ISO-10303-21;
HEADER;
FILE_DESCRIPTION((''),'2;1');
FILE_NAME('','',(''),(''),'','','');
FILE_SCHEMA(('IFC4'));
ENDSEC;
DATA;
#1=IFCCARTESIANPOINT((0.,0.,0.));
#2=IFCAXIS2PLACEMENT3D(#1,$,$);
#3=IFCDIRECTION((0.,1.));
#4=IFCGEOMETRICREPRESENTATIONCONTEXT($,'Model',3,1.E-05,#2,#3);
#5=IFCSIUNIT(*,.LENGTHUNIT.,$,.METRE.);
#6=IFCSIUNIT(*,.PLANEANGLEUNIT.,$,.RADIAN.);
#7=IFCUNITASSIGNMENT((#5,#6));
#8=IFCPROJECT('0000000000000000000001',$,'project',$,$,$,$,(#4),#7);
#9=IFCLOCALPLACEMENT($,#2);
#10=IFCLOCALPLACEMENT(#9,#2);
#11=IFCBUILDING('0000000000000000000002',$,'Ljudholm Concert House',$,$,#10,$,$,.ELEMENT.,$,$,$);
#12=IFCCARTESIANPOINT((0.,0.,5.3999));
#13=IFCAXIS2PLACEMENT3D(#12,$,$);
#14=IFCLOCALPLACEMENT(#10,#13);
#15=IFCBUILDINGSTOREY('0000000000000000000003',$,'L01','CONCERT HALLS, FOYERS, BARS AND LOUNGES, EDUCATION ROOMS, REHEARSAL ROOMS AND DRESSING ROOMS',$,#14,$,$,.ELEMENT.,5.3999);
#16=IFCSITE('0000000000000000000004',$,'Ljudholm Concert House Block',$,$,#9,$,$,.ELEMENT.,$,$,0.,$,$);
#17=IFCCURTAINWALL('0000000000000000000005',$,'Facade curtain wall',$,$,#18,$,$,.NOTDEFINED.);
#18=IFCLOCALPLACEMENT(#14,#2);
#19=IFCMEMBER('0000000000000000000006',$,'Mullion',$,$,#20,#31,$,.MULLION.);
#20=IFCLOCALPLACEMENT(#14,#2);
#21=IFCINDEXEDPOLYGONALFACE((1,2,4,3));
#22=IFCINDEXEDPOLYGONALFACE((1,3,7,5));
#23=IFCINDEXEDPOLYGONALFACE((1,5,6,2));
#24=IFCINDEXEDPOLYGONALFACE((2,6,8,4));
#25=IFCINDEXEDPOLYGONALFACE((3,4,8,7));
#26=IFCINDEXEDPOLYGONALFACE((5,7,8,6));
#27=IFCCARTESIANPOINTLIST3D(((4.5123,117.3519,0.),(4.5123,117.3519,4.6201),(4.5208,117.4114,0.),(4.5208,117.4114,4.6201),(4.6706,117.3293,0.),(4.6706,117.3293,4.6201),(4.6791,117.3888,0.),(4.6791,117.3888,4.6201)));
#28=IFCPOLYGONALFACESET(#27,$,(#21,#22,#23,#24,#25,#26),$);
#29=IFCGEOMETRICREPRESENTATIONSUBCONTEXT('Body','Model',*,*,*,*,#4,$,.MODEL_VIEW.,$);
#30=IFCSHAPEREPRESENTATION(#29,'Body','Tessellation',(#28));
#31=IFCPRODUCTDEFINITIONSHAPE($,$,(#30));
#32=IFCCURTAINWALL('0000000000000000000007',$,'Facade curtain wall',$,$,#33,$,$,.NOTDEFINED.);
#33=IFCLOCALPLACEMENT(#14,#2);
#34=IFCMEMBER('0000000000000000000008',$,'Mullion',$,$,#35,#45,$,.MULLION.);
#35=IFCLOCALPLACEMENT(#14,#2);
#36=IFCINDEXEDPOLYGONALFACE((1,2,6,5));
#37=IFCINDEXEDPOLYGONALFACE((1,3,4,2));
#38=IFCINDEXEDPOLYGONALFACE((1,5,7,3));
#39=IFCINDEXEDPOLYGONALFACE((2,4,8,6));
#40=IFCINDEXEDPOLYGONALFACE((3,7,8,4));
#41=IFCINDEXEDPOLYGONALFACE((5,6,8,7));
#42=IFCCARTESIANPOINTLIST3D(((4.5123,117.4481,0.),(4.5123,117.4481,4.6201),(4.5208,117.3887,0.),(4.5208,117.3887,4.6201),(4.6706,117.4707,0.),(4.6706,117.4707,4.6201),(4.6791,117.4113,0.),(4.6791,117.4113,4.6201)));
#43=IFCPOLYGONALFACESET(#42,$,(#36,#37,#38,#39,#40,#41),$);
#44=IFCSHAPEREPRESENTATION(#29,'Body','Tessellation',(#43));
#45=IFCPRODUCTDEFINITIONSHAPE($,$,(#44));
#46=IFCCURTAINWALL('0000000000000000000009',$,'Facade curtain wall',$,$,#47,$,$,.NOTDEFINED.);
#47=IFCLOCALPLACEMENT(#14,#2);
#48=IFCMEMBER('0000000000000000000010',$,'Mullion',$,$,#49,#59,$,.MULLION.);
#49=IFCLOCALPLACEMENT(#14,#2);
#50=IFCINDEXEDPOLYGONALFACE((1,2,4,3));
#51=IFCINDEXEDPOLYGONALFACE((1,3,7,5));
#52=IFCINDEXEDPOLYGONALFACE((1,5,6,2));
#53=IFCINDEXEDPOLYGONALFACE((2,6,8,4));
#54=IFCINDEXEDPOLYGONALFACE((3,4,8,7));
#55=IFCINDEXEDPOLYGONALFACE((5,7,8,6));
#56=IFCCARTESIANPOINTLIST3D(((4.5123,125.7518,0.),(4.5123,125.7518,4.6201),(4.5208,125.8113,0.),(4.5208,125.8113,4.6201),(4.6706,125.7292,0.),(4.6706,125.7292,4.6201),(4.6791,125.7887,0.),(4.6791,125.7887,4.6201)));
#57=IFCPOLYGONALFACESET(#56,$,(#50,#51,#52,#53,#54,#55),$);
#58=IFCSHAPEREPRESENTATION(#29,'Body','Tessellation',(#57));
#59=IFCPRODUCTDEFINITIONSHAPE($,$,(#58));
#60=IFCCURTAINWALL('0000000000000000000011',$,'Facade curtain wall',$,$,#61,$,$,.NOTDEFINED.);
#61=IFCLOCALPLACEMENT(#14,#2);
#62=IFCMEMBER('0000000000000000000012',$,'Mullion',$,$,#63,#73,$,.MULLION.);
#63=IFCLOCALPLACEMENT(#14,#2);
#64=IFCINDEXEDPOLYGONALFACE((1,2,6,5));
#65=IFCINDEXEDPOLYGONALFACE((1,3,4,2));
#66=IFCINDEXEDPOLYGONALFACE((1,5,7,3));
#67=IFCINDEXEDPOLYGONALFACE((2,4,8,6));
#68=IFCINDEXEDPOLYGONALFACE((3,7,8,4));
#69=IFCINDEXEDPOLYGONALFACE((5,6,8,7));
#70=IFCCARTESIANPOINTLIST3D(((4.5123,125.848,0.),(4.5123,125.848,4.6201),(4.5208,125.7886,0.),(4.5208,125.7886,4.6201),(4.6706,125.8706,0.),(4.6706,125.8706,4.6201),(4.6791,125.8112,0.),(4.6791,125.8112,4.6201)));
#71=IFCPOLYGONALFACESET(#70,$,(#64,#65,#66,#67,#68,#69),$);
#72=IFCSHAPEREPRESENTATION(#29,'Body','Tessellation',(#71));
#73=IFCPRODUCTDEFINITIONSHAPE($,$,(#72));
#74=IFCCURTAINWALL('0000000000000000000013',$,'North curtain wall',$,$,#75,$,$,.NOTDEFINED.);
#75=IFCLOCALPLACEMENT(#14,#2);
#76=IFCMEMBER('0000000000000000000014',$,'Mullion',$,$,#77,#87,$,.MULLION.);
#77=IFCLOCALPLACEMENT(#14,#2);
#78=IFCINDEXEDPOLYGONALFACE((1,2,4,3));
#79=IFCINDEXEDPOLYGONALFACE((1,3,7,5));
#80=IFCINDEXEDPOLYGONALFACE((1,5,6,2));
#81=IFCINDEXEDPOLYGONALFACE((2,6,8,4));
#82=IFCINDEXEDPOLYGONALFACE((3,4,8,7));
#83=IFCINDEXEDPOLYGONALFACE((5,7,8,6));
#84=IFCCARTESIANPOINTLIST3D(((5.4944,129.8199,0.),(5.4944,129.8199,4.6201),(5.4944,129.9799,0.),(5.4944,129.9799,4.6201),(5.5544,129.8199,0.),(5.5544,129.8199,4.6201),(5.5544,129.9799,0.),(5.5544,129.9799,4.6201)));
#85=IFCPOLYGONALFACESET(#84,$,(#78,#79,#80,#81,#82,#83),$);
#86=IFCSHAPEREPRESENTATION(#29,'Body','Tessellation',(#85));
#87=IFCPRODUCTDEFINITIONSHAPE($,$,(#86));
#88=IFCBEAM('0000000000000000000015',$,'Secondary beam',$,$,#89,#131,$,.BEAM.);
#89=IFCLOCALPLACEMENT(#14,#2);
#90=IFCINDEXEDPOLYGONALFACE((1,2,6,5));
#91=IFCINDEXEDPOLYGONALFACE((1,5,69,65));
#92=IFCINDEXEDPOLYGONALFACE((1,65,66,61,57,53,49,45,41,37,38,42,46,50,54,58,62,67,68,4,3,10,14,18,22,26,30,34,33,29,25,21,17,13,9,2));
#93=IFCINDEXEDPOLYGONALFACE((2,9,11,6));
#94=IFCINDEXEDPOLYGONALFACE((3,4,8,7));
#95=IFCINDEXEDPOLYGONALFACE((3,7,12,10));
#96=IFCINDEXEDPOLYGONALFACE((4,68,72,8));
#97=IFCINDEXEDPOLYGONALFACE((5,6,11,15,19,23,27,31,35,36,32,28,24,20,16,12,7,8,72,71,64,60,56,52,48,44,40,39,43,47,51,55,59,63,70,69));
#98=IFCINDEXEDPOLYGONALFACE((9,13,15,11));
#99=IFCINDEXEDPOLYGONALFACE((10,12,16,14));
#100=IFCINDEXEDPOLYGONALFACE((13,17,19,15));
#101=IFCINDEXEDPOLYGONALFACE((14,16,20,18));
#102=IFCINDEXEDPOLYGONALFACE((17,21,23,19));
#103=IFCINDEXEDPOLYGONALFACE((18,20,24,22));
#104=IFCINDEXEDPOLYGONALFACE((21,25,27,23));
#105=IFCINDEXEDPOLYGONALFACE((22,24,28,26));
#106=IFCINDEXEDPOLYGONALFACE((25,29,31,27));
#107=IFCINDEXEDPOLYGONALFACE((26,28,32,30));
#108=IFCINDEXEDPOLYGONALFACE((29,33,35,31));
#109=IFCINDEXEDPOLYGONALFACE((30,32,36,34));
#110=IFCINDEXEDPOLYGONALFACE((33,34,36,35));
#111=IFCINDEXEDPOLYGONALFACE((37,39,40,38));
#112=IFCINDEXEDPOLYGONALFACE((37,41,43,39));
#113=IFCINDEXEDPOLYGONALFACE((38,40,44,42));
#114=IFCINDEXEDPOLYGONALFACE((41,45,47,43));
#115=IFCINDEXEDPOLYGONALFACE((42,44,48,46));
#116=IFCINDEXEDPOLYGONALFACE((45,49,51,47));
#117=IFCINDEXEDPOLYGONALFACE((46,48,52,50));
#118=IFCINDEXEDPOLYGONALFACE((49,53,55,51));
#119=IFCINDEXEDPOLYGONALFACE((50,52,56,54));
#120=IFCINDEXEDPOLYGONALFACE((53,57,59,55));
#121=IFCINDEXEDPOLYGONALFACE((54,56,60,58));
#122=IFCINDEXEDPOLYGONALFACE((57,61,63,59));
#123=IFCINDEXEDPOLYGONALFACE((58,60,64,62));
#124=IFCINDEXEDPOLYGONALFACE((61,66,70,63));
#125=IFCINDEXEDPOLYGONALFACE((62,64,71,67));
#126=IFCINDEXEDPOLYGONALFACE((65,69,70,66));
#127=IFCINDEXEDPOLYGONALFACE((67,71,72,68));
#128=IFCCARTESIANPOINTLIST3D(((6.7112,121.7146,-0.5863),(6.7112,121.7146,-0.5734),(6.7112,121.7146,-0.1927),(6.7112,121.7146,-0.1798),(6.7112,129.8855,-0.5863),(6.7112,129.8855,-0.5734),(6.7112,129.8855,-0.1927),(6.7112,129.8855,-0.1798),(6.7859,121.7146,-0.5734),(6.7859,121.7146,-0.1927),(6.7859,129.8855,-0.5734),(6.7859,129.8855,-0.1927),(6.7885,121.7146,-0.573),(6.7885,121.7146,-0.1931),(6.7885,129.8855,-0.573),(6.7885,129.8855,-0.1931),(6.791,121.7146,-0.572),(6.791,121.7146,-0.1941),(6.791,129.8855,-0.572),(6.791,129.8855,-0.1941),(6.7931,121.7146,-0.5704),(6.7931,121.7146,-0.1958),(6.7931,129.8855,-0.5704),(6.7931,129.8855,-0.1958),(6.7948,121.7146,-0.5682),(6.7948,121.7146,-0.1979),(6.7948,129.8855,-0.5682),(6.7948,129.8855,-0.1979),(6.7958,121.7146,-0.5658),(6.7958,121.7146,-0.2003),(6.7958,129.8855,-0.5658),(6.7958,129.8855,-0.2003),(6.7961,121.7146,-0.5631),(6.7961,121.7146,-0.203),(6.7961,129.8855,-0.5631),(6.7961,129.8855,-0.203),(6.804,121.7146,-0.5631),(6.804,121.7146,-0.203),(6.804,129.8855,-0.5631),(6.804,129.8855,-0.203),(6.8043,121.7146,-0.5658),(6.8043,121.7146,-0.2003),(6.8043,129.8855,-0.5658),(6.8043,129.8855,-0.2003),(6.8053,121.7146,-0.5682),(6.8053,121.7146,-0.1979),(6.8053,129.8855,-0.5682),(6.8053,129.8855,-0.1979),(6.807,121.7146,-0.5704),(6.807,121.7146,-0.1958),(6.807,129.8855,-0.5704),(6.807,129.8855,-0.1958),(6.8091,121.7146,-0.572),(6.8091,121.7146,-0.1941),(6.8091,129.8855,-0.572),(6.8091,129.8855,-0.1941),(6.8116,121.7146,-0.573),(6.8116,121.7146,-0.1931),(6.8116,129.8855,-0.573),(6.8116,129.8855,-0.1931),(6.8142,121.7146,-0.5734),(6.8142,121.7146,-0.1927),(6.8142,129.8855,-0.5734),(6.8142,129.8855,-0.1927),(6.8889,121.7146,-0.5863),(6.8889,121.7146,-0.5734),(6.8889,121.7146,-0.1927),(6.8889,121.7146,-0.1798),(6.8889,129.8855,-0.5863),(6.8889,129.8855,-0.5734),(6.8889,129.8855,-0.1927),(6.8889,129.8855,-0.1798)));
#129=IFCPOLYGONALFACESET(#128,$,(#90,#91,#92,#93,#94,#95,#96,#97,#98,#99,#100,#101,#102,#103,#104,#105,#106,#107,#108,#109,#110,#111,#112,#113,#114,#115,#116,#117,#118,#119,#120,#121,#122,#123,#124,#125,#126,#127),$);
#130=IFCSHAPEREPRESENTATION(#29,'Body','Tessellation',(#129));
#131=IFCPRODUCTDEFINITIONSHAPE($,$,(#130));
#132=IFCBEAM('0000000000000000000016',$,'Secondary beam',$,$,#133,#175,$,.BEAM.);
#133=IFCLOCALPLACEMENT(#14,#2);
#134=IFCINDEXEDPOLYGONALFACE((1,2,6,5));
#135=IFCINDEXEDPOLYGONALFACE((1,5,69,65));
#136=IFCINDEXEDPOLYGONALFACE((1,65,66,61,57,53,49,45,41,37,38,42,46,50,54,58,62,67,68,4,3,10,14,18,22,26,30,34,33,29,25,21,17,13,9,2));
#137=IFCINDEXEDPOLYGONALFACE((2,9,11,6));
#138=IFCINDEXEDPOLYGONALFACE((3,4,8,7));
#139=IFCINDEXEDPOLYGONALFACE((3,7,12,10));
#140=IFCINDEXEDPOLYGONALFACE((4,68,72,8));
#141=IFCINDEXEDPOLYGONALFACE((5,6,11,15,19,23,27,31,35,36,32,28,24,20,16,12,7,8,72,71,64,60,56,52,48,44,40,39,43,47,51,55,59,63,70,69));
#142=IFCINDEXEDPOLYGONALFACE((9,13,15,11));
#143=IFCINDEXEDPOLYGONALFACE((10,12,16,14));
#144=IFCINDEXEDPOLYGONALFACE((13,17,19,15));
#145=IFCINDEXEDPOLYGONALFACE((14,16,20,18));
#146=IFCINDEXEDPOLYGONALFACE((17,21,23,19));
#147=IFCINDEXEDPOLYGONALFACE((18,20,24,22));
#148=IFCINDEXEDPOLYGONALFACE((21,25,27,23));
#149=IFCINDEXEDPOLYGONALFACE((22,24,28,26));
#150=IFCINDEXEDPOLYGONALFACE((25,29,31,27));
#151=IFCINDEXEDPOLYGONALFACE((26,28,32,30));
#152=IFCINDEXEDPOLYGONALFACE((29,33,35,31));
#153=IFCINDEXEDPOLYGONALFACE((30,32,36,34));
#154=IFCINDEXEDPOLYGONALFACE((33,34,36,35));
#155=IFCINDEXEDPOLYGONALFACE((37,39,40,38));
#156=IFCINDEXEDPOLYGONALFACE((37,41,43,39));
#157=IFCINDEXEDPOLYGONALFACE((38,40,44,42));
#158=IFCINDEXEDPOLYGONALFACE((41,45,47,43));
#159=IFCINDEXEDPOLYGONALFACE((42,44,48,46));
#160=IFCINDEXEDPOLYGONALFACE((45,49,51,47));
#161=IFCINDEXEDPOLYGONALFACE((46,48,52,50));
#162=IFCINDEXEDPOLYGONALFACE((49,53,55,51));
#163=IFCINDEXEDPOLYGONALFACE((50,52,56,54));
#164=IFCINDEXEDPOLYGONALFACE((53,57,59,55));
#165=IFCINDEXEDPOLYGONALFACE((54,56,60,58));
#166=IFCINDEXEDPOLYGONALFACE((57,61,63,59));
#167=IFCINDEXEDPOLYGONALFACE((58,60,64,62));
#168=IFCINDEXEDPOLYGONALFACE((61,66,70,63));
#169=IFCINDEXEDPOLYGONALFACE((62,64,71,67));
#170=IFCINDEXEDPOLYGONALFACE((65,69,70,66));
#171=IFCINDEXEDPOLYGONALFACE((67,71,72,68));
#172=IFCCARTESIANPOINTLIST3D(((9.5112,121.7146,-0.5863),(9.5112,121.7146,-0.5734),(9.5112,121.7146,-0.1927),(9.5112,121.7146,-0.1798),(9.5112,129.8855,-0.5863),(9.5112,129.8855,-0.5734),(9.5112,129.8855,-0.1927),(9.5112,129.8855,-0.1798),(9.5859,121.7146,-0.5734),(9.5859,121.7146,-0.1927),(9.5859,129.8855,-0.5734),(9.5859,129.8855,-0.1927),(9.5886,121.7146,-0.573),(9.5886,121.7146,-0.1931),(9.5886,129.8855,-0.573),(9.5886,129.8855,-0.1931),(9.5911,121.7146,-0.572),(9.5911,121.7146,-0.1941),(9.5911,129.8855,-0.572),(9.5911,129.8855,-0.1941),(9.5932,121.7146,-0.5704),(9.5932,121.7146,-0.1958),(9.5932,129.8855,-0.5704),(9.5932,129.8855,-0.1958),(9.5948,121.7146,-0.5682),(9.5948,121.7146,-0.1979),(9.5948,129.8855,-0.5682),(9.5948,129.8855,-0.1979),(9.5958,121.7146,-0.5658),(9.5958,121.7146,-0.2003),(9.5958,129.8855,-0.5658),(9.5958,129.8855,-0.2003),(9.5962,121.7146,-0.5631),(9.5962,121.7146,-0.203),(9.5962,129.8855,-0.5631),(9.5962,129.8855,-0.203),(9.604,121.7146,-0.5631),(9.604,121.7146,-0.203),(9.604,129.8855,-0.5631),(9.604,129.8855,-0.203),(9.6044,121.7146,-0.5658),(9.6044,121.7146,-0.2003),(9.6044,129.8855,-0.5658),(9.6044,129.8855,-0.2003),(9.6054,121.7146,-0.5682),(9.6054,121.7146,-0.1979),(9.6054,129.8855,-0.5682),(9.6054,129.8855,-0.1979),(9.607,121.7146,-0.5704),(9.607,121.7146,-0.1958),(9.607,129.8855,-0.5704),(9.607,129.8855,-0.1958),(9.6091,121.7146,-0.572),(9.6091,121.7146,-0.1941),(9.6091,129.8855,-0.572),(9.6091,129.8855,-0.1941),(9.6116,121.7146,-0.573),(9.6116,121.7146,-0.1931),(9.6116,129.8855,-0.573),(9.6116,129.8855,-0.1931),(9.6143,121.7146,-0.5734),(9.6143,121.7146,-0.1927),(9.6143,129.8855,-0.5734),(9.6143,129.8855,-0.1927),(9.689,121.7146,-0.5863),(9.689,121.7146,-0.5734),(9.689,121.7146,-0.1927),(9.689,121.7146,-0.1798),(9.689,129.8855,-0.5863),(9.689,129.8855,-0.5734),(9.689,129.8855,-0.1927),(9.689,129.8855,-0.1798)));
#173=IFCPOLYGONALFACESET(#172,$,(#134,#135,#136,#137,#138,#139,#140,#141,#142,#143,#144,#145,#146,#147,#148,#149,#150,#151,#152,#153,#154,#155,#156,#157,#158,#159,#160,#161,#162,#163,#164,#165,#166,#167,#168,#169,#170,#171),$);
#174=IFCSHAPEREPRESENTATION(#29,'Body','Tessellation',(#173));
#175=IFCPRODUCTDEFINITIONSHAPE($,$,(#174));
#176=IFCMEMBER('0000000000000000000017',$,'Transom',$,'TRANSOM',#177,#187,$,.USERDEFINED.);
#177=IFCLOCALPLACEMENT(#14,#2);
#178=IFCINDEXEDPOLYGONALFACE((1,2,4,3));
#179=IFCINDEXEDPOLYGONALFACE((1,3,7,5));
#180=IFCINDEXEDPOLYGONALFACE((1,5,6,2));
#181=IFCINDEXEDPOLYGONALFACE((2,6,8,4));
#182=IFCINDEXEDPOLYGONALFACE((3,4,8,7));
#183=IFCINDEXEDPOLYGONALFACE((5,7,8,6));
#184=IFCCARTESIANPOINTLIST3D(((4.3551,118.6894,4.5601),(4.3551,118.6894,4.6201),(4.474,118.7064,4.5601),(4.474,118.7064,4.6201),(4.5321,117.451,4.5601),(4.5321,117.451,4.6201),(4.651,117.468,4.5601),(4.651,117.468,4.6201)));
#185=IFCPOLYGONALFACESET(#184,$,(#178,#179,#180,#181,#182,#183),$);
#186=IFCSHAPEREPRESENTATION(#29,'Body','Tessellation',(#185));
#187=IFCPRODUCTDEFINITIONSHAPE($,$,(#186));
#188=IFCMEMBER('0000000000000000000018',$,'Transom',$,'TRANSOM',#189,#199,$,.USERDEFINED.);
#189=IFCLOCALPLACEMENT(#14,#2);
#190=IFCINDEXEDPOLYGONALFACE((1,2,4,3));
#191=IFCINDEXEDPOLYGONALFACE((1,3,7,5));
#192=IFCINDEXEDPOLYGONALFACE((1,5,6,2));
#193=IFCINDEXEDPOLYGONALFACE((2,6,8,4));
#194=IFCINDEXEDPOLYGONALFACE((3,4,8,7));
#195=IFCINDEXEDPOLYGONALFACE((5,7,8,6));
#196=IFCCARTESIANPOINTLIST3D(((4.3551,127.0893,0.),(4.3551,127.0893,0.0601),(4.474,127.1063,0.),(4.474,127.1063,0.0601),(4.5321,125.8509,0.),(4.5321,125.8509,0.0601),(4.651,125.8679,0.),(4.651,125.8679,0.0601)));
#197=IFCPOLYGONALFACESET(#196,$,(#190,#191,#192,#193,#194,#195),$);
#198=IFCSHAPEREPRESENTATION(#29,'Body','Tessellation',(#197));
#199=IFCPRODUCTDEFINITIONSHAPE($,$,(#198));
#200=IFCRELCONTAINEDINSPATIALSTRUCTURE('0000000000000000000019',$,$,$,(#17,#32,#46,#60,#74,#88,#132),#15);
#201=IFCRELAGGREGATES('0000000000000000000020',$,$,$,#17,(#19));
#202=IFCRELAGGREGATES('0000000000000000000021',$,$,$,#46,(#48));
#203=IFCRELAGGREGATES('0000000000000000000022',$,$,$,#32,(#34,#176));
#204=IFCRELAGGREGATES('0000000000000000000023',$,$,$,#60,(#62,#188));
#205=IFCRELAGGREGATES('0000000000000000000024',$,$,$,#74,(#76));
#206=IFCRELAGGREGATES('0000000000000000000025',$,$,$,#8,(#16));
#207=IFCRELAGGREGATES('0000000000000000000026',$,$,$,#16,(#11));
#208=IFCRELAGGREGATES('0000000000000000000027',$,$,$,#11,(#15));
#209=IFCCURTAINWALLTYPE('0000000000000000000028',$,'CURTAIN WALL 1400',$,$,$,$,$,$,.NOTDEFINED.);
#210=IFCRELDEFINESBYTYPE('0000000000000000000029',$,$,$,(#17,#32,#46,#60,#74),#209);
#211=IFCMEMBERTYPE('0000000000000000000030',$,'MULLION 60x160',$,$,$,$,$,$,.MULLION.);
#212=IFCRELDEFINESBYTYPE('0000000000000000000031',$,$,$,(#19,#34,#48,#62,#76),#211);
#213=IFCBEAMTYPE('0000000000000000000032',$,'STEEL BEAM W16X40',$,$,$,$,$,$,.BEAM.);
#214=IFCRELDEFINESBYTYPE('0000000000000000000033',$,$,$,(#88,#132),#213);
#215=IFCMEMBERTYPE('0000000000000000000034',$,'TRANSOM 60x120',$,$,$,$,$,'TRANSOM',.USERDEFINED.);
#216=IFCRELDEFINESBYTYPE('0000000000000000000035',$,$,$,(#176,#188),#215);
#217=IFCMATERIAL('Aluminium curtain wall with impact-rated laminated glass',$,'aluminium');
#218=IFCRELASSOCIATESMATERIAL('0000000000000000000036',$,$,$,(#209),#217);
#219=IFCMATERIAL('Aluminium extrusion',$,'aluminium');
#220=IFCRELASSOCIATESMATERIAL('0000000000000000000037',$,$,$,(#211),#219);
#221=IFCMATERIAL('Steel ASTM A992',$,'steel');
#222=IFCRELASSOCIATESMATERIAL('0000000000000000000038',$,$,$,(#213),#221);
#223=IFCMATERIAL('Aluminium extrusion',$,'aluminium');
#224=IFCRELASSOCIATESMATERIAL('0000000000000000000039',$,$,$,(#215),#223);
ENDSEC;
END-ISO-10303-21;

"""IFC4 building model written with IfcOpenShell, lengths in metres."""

from ifc_helpers import new_model, si_unit, direction, frame, origin, origin_2d, place, context, subcontext, project, spatial, rectangle, i_section, extrude, material, material_profile, profile_set, type_object, element, aggregate, save


model = new_model("IFC4")

# Units and contexts
model_context = context("Model", 3, precision=1e-05, world=origin(), true_north=direction((0.0, 1.0)))
body_context = subcontext(model_context, "Body", "Model", "MODEL_VIEW")
ifc_project = project(units=[si_unit("LENGTHUNIT", "METRE"), si_unit("PLANEANGLEUNIT", "RADIAN")], contexts=[model_context])

# Site, building, storey
site_placement = place(None, origin())
site = spatial("IfcSite", under=ifc_project, at=site_placement, Name="Ljudholm Concert House Block", CompositionType="ELEMENT", RefElevation=0.0)
building_placement = place(site_placement, origin())
building = spatial("IfcBuilding", under=site, at=building_placement, Name="Ljudholm Concert House", CompositionType="ELEMENT")
storey_placement = place(building_placement, frame((0.0, 0.0, 5.3999)))
storey = spatial("IfcBuildingStorey", under=building, at=storey_placement, Name="L01", Description="CONCERT HALLS, FOYERS, BARS AND LOUNGES, EDUCATION ROOMS, REHEARSAL ROOMS AND DRESSING ROOMS", CompositionType="ELEMENT", Elevation=5.3999)

# Curtain walls, members
ifc_material_1 = material(Name="Aluminium curtain wall with impact-rated laminated glass", Category="aluminium")
curtain_wall_type = type_object("IfcCurtainWallType", Name="CURTAIN WALL 1400", PredefinedType="NOTDEFINED", material=ifc_material_1)
curtain_wall_1_placement = place(storey_placement, origin())
curtain_wall_1 = element("IfcCurtainWall", 1, at=curtain_wall_1_placement, inside=storey, type_object=curtain_wall_type, Name="Facade curtain wall", PredefinedType="NOTDEFINED")
ifc_material_2 = material(Name="Aluminium extrusion", Category="aluminium")
ifc_material_profile_1 = material_profile(ifc_material_2, rectangle(XDim=0.1599, YDim=0.0601, at=origin_2d()), Name="MULLION 60x160")
ifc_profile_set_1 = profile_set([ifc_material_profile_1], Name="Aluminium extrusion")
member_type_1 = type_object("IfcMemberType", Name="MULLION 60x160", PredefinedType="MULLION", material=ifc_profile_set_1)
member_1_placement = place(storey_placement, frame((4.5957, 117.3704, 0.0), z_axis=(0.0, 0.0, 1.0), x_axis=(-0.989949, 0.141421, 0.0)))
member_1 = element("IfcMember", 2, at=member_1_placement, type_object=member_type_1, Name="Mullion", PredefinedType="MULLION", context=body_context, shape_type="SweptSolid", body=[
    extrude(rectangle(XDim=0.1599, YDim=0.0601, at=origin_2d()), origin(), (0.0, 0.0, 1.0), 4.6201),
])
aggregate(curtain_wall_1, [member_1])
curtain_wall_2_placement = place(storey_placement, origin())
curtain_wall_2 = element("IfcCurtainWall", 3, at=curtain_wall_2_placement, inside=storey, type_object=curtain_wall_type, Name="Facade curtain wall", PredefinedType="NOTDEFINED")
member_2_placement = place(storey_placement, frame((4.5957, 117.4297, 0.0), z_axis=(0.0, 0.0, 1.0), x_axis=(-0.989949, -0.141421, 0.0)))
member_2 = element("IfcMember", 4, at=member_2_placement, type_object=member_type_1, Name="Mullion", PredefinedType="MULLION", context=body_context, shape_type="SweptSolid", body=[
    extrude(rectangle(XDim=0.1599, YDim=0.0601, at=origin_2d()), origin(), (0.0, 0.0, 1.0), 4.6201),
])
curtain_wall_3_placement = place(storey_placement, origin())
curtain_wall_3 = element("IfcCurtainWall", 5, at=curtain_wall_3_placement, inside=storey, type_object=curtain_wall_type, Name="Facade curtain wall", PredefinedType="NOTDEFINED")
member_3_placement = place(storey_placement, frame((4.5957, 125.7703, 0.0), z_axis=(0.0, 0.0, 1.0), x_axis=(-0.989949, 0.141421, 0.0)))
member_3 = element("IfcMember", 6, at=member_3_placement, type_object=member_type_1, Name="Mullion", PredefinedType="MULLION", context=body_context, shape_type="SweptSolid", body=[
    extrude(rectangle(XDim=0.1599, YDim=0.0601, at=origin_2d()), origin(), (0.0, 0.0, 1.0), 4.6201),
])
aggregate(curtain_wall_3, [member_3])
curtain_wall_4_placement = place(storey_placement, origin())
curtain_wall_4 = element("IfcCurtainWall", 7, at=curtain_wall_4_placement, inside=storey, type_object=curtain_wall_type, Name="Facade curtain wall", PredefinedType="NOTDEFINED")
member_4_placement = place(storey_placement, frame((4.5957, 125.8296, 0.0), z_axis=(0.0, 0.0, 1.0), x_axis=(-0.989949, -0.141421, 0.0)))
member_4 = element("IfcMember", 8, at=member_4_placement, type_object=member_type_1, Name="Mullion", PredefinedType="MULLION", context=body_context, shape_type="SweptSolid", body=[
    extrude(rectangle(XDim=0.1599, YDim=0.0601, at=origin_2d()), origin(), (0.0, 0.0, 1.0), 4.6201),
])
curtain_wall_5_placement = place(storey_placement, origin())
curtain_wall_5 = element("IfcCurtainWall", 9, at=curtain_wall_5_placement, inside=storey, type_object=curtain_wall_type, Name="North curtain wall", PredefinedType="NOTDEFINED")
member_5_placement = place(storey_placement, frame((5.5244, 129.8999, 0.0), z_axis=(0.0, 0.0, 1.0), x_axis=(0.0, 1.0, 0.0)))
member_5 = element("IfcMember", 10, at=member_5_placement, type_object=member_type_1, Name="Mullion", PredefinedType="MULLION", context=body_context, shape_type="SweptSolid", body=[
    extrude(rectangle(XDim=0.1599, YDim=0.0601, at=origin_2d()), origin(), (0.0, 0.0, 1.0), 4.6201),
])

# Beams
ifc_material_3 = material(Name="Steel ASTM A992", Category="steel")
ifc_material_profile_2 = material_profile(ifc_material_3, i_section(OverallWidth=0.1777, OverallDepth=0.4065, WebThickness=0.0078, FlangeThickness=0.0129, FilletRadius=0.0103, at=origin_2d()), Name="W16X40")
ifc_profile_set_2 = profile_set([ifc_material_profile_2], Name="Steel ASTM A992")
beam_type = type_object("IfcBeamType", Name="STEEL BEAM W16X40", PredefinedType="BEAM", material=ifc_profile_set_2)
for number, where, z_axis, x_axis, name in (
    (11, (6.8, 121.7146, -0.3831), (0.0, 1.0, 0.0), (-1.0, 0.0, 0.0), "Secondary beam"),
    (12, (9.6001, 121.7146, -0.3831), (0.0, 1.0, 0.0), (-1.0, 0.0, 0.0), "Secondary beam"),
):
    element("IfcBeam", number, at=place(storey_placement, frame(where, z_axis=z_axis, x_axis=x_axis)), inside=storey, type_object=beam_type, Name=name, PredefinedType="BEAM", context=body_context, shape_type="SweptSolid", body=[
        extrude(i_section(OverallWidth=0.1777, OverallDepth=0.4065, WebThickness=0.0078, FlangeThickness=0.0129, FilletRadius=0.0103, at=origin_2d()), origin(), (0.0, 0.0, 1.0), 8.1709),
    ])

# Members
ifc_material_4 = material(Name="Aluminium extrusion", Category="aluminium")
ifc_material_profile_3 = material_profile(ifc_material_4, rectangle(XDim=0.1201, YDim=0.0601, at=origin_2d()), Name="TRANSOM 60x120")
ifc_profile_set_3 = profile_set([ifc_material_profile_3], Name="Aluminium extrusion")
member_type_2 = type_object("IfcMemberType", Name="TRANSOM 60x120", ElementType="TRANSOM", PredefinedType="USERDEFINED", material=ifc_profile_set_3)
member_6_placement = place(storey_placement, frame((4.5916, 117.4595, 4.5901), z_axis=(-0.141503, 0.989938, 0.0), x_axis=(-0.989938, -0.141503, 0.0)))
member_6 = element("IfcMember", 13, at=member_6_placement, type_object=member_type_2, Name="Transom", ObjectType="TRANSOM", PredefinedType="USERDEFINED", context=body_context, shape_type="SweptSolid", body=[
    extrude(rectangle(XDim=0.1201, YDim=0.0601, at=origin_2d()), origin(), (0.0, 0.0, 1.0), 1.251),
])
aggregate(curtain_wall_2, [member_2, member_6])
member_7_placement = place(storey_placement, frame((4.5916, 125.8594, 0.03), z_axis=(-0.141503, 0.989938, 0.0), x_axis=(-0.989938, -0.141503, 0.0)))
member_7 = element("IfcMember", 14, at=member_7_placement, type_object=member_type_2, Name="Transom", ObjectType="TRANSOM", PredefinedType="USERDEFINED", context=body_context, shape_type="SweptSolid", body=[
    extrude(rectangle(XDim=0.1201, YDim=0.0601, at=origin_2d()), origin(), (0.0, 0.0, 1.0), 1.251),
])
aggregate(curtain_wall_4, [member_4, member_7])

aggregate(curtain_wall_5, [member_5])

save(model, "model.ifc")
